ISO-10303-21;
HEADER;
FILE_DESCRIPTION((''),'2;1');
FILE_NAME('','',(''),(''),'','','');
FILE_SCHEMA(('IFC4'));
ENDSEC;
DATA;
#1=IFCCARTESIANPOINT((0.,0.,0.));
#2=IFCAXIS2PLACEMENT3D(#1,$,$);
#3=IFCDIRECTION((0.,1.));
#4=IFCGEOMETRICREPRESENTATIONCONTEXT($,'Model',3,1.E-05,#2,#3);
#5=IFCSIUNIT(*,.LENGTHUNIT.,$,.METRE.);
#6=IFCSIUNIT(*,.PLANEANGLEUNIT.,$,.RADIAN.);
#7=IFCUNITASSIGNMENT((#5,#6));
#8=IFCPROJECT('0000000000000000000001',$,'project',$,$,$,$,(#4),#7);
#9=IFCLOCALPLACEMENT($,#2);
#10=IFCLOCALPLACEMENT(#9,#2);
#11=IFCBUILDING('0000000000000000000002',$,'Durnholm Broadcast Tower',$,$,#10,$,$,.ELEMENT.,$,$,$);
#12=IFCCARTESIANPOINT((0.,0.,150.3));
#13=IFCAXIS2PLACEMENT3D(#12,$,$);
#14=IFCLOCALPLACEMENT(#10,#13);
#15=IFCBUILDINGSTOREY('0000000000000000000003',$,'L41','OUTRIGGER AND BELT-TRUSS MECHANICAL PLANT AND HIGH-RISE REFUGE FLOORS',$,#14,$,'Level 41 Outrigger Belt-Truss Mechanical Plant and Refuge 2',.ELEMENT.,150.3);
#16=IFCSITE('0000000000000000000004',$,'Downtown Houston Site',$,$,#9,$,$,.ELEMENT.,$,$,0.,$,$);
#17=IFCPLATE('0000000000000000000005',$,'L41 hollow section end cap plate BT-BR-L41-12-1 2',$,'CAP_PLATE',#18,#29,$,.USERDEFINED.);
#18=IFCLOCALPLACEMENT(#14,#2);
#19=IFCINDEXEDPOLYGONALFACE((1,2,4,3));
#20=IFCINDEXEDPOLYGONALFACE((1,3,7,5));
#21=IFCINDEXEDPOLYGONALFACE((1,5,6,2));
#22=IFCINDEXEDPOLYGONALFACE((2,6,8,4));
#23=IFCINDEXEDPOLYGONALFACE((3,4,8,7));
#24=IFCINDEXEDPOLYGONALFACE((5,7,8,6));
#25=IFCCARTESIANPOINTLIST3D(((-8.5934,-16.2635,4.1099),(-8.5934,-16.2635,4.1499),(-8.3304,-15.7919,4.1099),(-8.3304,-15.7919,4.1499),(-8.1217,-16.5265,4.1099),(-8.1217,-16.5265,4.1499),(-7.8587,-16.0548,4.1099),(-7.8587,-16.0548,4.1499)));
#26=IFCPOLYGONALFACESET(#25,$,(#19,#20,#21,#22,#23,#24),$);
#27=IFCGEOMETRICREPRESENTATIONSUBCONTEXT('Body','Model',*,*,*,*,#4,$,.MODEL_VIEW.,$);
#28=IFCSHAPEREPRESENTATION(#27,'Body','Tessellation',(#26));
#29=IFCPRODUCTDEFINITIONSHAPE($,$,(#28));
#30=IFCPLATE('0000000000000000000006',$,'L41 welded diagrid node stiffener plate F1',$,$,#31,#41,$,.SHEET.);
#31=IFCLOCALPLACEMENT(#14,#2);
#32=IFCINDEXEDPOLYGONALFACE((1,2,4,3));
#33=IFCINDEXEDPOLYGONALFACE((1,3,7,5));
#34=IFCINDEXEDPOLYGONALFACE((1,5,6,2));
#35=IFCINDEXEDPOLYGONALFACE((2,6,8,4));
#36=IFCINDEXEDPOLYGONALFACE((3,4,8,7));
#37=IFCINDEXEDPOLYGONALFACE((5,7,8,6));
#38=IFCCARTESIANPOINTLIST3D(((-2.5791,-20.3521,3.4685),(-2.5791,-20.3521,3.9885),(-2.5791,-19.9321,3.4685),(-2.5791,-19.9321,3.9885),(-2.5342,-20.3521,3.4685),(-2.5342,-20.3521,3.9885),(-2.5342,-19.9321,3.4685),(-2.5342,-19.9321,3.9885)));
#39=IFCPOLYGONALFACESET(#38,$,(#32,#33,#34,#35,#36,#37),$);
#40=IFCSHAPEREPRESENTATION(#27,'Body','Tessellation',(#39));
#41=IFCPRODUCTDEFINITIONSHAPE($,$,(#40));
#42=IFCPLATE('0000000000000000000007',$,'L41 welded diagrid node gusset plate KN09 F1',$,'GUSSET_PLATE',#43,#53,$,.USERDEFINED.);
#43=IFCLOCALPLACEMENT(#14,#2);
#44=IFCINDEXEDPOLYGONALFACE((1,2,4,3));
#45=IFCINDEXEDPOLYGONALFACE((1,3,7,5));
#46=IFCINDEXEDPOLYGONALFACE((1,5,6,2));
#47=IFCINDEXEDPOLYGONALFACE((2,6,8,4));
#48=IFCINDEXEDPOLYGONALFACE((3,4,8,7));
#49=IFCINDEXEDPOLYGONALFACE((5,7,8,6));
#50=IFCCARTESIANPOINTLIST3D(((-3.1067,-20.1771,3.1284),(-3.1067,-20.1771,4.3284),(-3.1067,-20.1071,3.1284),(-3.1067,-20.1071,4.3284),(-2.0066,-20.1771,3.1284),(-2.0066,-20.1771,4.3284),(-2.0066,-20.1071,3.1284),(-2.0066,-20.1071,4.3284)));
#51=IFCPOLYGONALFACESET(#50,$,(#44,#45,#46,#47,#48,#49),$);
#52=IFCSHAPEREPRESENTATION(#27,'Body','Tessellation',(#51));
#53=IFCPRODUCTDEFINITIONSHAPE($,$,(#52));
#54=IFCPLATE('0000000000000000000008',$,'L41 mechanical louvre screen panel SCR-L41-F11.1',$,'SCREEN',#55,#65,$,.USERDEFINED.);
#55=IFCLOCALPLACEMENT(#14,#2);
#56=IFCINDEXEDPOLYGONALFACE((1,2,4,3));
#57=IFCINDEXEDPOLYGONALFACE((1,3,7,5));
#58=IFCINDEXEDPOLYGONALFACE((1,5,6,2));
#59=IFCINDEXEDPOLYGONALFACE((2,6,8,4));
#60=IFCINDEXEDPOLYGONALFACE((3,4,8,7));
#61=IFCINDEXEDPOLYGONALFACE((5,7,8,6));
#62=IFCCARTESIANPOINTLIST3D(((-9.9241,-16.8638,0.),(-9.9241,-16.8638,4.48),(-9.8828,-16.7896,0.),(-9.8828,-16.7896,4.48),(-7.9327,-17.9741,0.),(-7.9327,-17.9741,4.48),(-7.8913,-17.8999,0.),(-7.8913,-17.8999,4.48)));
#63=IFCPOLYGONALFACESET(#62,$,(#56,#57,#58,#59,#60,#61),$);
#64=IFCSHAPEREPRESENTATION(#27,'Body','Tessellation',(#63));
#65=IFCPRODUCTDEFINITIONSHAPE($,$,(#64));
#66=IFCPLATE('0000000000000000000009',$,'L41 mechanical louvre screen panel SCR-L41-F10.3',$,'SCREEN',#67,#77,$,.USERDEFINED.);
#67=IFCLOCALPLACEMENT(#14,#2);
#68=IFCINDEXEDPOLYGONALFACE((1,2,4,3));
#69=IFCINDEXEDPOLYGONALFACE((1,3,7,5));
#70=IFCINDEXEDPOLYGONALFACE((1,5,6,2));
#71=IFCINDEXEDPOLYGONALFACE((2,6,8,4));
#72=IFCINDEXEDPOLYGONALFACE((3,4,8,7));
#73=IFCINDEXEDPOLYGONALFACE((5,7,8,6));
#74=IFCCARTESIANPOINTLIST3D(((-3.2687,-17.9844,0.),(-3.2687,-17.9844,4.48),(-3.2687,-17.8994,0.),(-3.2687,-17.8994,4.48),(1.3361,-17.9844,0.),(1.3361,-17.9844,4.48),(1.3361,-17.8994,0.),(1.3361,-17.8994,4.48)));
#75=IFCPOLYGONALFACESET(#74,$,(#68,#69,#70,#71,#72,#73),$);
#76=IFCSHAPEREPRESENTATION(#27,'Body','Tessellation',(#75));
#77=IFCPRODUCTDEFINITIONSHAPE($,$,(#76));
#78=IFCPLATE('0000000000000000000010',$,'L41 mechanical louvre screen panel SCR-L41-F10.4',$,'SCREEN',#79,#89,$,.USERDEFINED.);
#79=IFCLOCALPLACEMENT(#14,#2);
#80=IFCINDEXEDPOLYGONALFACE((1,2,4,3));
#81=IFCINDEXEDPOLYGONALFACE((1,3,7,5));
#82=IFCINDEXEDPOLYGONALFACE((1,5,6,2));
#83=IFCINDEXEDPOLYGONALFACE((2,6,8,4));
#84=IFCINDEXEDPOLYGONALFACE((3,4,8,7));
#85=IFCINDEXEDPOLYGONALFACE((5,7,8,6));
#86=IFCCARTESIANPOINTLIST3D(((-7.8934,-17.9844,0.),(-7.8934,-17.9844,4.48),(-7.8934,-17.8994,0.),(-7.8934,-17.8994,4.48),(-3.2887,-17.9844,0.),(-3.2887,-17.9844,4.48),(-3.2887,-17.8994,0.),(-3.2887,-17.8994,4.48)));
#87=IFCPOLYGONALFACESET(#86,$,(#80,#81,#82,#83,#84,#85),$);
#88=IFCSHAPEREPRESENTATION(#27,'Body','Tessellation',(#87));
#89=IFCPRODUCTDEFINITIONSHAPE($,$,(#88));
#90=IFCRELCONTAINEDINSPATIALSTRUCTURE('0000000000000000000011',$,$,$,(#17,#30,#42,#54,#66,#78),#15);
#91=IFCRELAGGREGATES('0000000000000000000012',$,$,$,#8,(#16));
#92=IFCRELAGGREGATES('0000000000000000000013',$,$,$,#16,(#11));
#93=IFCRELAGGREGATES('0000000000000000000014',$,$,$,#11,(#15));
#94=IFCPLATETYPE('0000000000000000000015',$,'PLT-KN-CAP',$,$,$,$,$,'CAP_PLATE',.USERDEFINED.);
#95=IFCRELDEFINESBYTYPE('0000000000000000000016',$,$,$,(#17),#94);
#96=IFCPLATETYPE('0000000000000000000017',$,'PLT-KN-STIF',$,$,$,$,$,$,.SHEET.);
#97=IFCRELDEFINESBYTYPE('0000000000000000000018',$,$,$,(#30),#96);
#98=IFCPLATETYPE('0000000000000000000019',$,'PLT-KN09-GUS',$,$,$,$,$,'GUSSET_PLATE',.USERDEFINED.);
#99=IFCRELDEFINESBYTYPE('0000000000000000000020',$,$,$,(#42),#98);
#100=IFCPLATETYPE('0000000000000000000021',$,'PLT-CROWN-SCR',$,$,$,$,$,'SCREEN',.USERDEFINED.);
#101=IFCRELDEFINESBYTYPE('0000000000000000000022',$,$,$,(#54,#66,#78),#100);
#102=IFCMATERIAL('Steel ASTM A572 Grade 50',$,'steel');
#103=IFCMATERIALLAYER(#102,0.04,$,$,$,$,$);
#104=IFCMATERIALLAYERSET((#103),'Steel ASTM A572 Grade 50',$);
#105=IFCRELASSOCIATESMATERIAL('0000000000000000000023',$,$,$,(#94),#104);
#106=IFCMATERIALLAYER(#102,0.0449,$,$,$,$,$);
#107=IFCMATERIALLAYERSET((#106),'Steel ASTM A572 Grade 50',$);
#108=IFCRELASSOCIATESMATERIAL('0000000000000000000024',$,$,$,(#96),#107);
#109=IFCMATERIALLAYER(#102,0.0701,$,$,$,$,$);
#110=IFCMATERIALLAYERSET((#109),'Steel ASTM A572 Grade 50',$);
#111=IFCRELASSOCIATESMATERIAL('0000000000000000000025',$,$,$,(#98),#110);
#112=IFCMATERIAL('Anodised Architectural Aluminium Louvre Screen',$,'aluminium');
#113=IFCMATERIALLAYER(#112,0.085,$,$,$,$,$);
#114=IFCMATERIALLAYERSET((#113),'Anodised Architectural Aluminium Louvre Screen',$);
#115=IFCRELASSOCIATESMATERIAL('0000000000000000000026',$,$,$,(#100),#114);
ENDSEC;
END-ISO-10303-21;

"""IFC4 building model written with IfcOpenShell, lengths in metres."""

from ifc_helpers import new_model, si_unit, direction, frame, origin, origin_2d, place, context, subcontext, project, spatial, rectangle, extrude, source, transform, mapped, material, layer, layer_set, type_object, type_shapes, element, save


model = new_model("IFC4")

# Units and contexts
model_context = context("Model", 3, precision=1e-05, world=origin(), true_north=direction((0.0, 1.0)))
body_context = subcontext(model_context, "Body", "Model", "MODEL_VIEW")
ifc_project = project(units=[si_unit("LENGTHUNIT", "METRE"), si_unit("PLANEANGLEUNIT", "RADIAN")], contexts=[model_context])

# Site, building, storey
site_placement = place(None, origin())
site = spatial("IfcSite", under=ifc_project, at=site_placement, Name="Downtown Houston Site", CompositionType="ELEMENT", RefElevation=0.0)
building_placement = place(site_placement, origin())
building = spatial("IfcBuilding", under=site, at=building_placement, Name="Durnholm Broadcast Tower", CompositionType="ELEMENT")
storey_placement = place(building_placement, frame((0.0, 0.0, 150.3)))
storey = spatial("IfcBuildingStorey", under=building, at=storey_placement, Name="L41", Description="OUTRIGGER AND BELT-TRUSS MECHANICAL PLANT AND HIGH-RISE REFUGE FLOORS", LongName="Level 41 Outrigger Belt-Truss Mechanical Plant and Refuge 2", CompositionType="ELEMENT", Elevation=150.3)

# Plates
ifc_material_1 = material(Name="Steel ASTM A572 Grade 50", Category="steel")
ifc_layer_1 = layer(ifc_material_1, 0.04)
ifc_layer_set_1 = layer_set([ifc_layer_1], Name="Steel ASTM A572 Grade 50")
plate_type_1 = type_object("IfcPlateType", Name="PLT-KN-CAP", ElementType="CAP_PLATE", PredefinedType="USERDEFINED", material=ifc_layer_set_1)
shared_shape_1 = source(origin(), body_context, "Body", "SweptSolid", [
    extrude(rectangle(XDim=0.54, YDim=0.54, at=origin_2d()), origin(), (0.0, 0.0, 1.0), 0.04),
])
type_shapes(plate_type_1, [shared_shape_1])
for number, where, z_axis, x_axis, name in (
    (1, (-8.2261, -16.1592, 4.1099), (0.0, 0.0, 1.0), (-0.873432, 0.486945, 0.0), "L41 hollow section end cap plate BT-BR-L41-12-1 2"),
):
    element("IfcPlate", number, at=place(storey_placement, frame(where, z_axis=z_axis, x_axis=x_axis)), inside=storey, type_object=plate_type_1, Name=name, ObjectType="CAP_PLATE", PredefinedType="USERDEFINED", context=body_context, shape_type="MappedRepresentation", body=[
        mapped(shared_shape_1, transform((0.0, 0.0, 0.0), x_axis=(1.0, 0.0, 0.0), y_axis=(0.0, 1.0, 0.0), z_axis=(0.0, 0.0, 1.0), scale=1.0)),
    ])
ifc_layer_2 = layer(ifc_material_1, 0.0449)
ifc_layer_set_2 = layer_set([ifc_layer_2], Name="Steel ASTM A572 Grade 50")
plate_type_2 = type_object("IfcPlateType", Name="PLT-KN-STIF", PredefinedType="SHEET", material=ifc_layer_set_2)
shared_shape_2 = source(origin(), body_context, "Body", "SweptSolid", [
    extrude(rectangle(XDim=0.0449, YDim=0.4199, at=origin_2d()), origin(), (0.0, 0.0, 1.0), 0.52),
])
type_shapes(plate_type_2, [shared_shape_2])
plate_1_placement = place(storey_placement, frame((-2.5566, -20.1421, 3.4685), z_axis=(0.0, 0.0, 1.0), x_axis=(1.0, 0.0, 0.0)))
element("IfcPlate", 2, at=plate_1_placement, inside=storey, type_object=plate_type_2, Name="L41 welded diagrid node stiffener plate F1", PredefinedType="SHEET", context=body_context, shape_type="MappedRepresentation", body=[
    mapped(shared_shape_2, transform((0.0, 0.0, 0.0), x_axis=(1.0, 0.0, 0.0), y_axis=(0.0, 1.0, 0.0), z_axis=(0.0, 0.0, 1.0), scale=1.0)),
])
ifc_layer_3 = layer(ifc_material_1, 0.0701)
ifc_layer_set_3 = layer_set([ifc_layer_3], Name="Steel ASTM A572 Grade 50")
plate_type_3 = type_object("IfcPlateType", Name="PLT-KN09-GUS", ElementType="GUSSET_PLATE", PredefinedType="USERDEFINED", material=ifc_layer_set_3)
shared_shape_3 = source(origin(), body_context, "Body", "SweptSolid", [
    extrude(rectangle(XDim=1.1001, YDim=0.0701, at=origin_2d()), origin(), (0.0, 0.0, 1.0), 1.2),
])
type_shapes(plate_type_3, [shared_shape_3])
plate_2_placement = place(storey_placement, frame((-2.5566, -20.1421, 3.1284), z_axis=(0.0, 0.0, 1.0), x_axis=(1.0, 0.0, 0.0)))
element("IfcPlate", 3, at=plate_2_placement, inside=storey, type_object=plate_type_3, Name="L41 welded diagrid node gusset plate KN09 F1", ObjectType="GUSSET_PLATE", PredefinedType="USERDEFINED", context=body_context, shape_type="MappedRepresentation", body=[
    mapped(shared_shape_3, transform((0.0, 0.0, 0.0), x_axis=(1.0, 0.0, 0.0), y_axis=(0.0, 1.0, 0.0), z_axis=(0.0, 0.0, 1.0), scale=1.0)),
])
ifc_material_2 = material(Name="Anodised Architectural Aluminium Louvre Screen", Category="aluminium")
ifc_layer_4 = layer(ifc_material_2, 0.085)
ifc_layer_set_4 = layer_set([ifc_layer_4], Name="Anodised Architectural Aluminium Louvre Screen")
plate_type_4 = type_object("IfcPlateType", Name="PLT-CROWN-SCR", ElementType="SCREEN", PredefinedType="USERDEFINED", material=ifc_layer_set_4)
shared_shape_4 = source(origin(), body_context, "Body", "SweptSolid", [
    extrude(rectangle(XDim=2.28, YDim=0.085, at=origin_2d()), origin(), (0.0, 0.0, 1.0), 4.48),
])
plate_3_placement = place(storey_placement, frame((-8.9077, -17.3818, 0.0), z_axis=(0.0, 0.0, 1.0), x_axis=(-0.873432, 0.486945, 0.0)))
element("IfcPlate", 4, at=plate_3_placement, inside=storey, type_object=plate_type_4, Name="L41 mechanical louvre screen panel SCR-L41-F11.1", ObjectType="SCREEN", PredefinedType="USERDEFINED", context=body_context, shape_type="MappedRepresentation", body=[
    mapped(shared_shape_4, transform((0.0, 0.0, 0.0), x_axis=(1.0, 0.0, 0.0), y_axis=(0.0, 1.0, 0.0), z_axis=(0.0, 0.0, 1.0), scale=1.0)),
])
shared_shape_5 = source(origin(), body_context, "Body", "SweptSolid", [
    extrude(rectangle(XDim=4.6047, YDim=0.085, at=origin_2d()), origin(), (0.0, 0.0, 1.0), 4.48),
])
type_shapes(plate_type_4, [shared_shape_4, shared_shape_5])
for number, where, z_axis, x_axis, name in (
    (5, (-0.9663, -17.9419, 0.0), (0.0, 0.0, 1.0), (-1.0, 0.0, 0.0), "L41 mechanical louvre screen panel SCR-L41-F10.3"),
    (6, (-5.5911, -17.9419, 0.0), (0.0, 0.0, 1.0), (-1.0, 0.0, 0.0), "L41 mechanical louvre screen panel SCR-L41-F10.4"),
):
    element("IfcPlate", number, at=place(storey_placement, frame(where, z_axis=z_axis, x_axis=x_axis)), inside=storey, type_object=plate_type_4, Name=name, ObjectType="SCREEN", PredefinedType="USERDEFINED", context=body_context, shape_type="MappedRepresentation", body=[
        mapped(shared_shape_5, transform((0.0, 0.0, 0.0), x_axis=(1.0, 0.0, 0.0), y_axis=(0.0, 1.0, 0.0), z_axis=(0.0, 0.0, 1.0), scale=1.0)),
    ])

save(model, "model.ifc")
